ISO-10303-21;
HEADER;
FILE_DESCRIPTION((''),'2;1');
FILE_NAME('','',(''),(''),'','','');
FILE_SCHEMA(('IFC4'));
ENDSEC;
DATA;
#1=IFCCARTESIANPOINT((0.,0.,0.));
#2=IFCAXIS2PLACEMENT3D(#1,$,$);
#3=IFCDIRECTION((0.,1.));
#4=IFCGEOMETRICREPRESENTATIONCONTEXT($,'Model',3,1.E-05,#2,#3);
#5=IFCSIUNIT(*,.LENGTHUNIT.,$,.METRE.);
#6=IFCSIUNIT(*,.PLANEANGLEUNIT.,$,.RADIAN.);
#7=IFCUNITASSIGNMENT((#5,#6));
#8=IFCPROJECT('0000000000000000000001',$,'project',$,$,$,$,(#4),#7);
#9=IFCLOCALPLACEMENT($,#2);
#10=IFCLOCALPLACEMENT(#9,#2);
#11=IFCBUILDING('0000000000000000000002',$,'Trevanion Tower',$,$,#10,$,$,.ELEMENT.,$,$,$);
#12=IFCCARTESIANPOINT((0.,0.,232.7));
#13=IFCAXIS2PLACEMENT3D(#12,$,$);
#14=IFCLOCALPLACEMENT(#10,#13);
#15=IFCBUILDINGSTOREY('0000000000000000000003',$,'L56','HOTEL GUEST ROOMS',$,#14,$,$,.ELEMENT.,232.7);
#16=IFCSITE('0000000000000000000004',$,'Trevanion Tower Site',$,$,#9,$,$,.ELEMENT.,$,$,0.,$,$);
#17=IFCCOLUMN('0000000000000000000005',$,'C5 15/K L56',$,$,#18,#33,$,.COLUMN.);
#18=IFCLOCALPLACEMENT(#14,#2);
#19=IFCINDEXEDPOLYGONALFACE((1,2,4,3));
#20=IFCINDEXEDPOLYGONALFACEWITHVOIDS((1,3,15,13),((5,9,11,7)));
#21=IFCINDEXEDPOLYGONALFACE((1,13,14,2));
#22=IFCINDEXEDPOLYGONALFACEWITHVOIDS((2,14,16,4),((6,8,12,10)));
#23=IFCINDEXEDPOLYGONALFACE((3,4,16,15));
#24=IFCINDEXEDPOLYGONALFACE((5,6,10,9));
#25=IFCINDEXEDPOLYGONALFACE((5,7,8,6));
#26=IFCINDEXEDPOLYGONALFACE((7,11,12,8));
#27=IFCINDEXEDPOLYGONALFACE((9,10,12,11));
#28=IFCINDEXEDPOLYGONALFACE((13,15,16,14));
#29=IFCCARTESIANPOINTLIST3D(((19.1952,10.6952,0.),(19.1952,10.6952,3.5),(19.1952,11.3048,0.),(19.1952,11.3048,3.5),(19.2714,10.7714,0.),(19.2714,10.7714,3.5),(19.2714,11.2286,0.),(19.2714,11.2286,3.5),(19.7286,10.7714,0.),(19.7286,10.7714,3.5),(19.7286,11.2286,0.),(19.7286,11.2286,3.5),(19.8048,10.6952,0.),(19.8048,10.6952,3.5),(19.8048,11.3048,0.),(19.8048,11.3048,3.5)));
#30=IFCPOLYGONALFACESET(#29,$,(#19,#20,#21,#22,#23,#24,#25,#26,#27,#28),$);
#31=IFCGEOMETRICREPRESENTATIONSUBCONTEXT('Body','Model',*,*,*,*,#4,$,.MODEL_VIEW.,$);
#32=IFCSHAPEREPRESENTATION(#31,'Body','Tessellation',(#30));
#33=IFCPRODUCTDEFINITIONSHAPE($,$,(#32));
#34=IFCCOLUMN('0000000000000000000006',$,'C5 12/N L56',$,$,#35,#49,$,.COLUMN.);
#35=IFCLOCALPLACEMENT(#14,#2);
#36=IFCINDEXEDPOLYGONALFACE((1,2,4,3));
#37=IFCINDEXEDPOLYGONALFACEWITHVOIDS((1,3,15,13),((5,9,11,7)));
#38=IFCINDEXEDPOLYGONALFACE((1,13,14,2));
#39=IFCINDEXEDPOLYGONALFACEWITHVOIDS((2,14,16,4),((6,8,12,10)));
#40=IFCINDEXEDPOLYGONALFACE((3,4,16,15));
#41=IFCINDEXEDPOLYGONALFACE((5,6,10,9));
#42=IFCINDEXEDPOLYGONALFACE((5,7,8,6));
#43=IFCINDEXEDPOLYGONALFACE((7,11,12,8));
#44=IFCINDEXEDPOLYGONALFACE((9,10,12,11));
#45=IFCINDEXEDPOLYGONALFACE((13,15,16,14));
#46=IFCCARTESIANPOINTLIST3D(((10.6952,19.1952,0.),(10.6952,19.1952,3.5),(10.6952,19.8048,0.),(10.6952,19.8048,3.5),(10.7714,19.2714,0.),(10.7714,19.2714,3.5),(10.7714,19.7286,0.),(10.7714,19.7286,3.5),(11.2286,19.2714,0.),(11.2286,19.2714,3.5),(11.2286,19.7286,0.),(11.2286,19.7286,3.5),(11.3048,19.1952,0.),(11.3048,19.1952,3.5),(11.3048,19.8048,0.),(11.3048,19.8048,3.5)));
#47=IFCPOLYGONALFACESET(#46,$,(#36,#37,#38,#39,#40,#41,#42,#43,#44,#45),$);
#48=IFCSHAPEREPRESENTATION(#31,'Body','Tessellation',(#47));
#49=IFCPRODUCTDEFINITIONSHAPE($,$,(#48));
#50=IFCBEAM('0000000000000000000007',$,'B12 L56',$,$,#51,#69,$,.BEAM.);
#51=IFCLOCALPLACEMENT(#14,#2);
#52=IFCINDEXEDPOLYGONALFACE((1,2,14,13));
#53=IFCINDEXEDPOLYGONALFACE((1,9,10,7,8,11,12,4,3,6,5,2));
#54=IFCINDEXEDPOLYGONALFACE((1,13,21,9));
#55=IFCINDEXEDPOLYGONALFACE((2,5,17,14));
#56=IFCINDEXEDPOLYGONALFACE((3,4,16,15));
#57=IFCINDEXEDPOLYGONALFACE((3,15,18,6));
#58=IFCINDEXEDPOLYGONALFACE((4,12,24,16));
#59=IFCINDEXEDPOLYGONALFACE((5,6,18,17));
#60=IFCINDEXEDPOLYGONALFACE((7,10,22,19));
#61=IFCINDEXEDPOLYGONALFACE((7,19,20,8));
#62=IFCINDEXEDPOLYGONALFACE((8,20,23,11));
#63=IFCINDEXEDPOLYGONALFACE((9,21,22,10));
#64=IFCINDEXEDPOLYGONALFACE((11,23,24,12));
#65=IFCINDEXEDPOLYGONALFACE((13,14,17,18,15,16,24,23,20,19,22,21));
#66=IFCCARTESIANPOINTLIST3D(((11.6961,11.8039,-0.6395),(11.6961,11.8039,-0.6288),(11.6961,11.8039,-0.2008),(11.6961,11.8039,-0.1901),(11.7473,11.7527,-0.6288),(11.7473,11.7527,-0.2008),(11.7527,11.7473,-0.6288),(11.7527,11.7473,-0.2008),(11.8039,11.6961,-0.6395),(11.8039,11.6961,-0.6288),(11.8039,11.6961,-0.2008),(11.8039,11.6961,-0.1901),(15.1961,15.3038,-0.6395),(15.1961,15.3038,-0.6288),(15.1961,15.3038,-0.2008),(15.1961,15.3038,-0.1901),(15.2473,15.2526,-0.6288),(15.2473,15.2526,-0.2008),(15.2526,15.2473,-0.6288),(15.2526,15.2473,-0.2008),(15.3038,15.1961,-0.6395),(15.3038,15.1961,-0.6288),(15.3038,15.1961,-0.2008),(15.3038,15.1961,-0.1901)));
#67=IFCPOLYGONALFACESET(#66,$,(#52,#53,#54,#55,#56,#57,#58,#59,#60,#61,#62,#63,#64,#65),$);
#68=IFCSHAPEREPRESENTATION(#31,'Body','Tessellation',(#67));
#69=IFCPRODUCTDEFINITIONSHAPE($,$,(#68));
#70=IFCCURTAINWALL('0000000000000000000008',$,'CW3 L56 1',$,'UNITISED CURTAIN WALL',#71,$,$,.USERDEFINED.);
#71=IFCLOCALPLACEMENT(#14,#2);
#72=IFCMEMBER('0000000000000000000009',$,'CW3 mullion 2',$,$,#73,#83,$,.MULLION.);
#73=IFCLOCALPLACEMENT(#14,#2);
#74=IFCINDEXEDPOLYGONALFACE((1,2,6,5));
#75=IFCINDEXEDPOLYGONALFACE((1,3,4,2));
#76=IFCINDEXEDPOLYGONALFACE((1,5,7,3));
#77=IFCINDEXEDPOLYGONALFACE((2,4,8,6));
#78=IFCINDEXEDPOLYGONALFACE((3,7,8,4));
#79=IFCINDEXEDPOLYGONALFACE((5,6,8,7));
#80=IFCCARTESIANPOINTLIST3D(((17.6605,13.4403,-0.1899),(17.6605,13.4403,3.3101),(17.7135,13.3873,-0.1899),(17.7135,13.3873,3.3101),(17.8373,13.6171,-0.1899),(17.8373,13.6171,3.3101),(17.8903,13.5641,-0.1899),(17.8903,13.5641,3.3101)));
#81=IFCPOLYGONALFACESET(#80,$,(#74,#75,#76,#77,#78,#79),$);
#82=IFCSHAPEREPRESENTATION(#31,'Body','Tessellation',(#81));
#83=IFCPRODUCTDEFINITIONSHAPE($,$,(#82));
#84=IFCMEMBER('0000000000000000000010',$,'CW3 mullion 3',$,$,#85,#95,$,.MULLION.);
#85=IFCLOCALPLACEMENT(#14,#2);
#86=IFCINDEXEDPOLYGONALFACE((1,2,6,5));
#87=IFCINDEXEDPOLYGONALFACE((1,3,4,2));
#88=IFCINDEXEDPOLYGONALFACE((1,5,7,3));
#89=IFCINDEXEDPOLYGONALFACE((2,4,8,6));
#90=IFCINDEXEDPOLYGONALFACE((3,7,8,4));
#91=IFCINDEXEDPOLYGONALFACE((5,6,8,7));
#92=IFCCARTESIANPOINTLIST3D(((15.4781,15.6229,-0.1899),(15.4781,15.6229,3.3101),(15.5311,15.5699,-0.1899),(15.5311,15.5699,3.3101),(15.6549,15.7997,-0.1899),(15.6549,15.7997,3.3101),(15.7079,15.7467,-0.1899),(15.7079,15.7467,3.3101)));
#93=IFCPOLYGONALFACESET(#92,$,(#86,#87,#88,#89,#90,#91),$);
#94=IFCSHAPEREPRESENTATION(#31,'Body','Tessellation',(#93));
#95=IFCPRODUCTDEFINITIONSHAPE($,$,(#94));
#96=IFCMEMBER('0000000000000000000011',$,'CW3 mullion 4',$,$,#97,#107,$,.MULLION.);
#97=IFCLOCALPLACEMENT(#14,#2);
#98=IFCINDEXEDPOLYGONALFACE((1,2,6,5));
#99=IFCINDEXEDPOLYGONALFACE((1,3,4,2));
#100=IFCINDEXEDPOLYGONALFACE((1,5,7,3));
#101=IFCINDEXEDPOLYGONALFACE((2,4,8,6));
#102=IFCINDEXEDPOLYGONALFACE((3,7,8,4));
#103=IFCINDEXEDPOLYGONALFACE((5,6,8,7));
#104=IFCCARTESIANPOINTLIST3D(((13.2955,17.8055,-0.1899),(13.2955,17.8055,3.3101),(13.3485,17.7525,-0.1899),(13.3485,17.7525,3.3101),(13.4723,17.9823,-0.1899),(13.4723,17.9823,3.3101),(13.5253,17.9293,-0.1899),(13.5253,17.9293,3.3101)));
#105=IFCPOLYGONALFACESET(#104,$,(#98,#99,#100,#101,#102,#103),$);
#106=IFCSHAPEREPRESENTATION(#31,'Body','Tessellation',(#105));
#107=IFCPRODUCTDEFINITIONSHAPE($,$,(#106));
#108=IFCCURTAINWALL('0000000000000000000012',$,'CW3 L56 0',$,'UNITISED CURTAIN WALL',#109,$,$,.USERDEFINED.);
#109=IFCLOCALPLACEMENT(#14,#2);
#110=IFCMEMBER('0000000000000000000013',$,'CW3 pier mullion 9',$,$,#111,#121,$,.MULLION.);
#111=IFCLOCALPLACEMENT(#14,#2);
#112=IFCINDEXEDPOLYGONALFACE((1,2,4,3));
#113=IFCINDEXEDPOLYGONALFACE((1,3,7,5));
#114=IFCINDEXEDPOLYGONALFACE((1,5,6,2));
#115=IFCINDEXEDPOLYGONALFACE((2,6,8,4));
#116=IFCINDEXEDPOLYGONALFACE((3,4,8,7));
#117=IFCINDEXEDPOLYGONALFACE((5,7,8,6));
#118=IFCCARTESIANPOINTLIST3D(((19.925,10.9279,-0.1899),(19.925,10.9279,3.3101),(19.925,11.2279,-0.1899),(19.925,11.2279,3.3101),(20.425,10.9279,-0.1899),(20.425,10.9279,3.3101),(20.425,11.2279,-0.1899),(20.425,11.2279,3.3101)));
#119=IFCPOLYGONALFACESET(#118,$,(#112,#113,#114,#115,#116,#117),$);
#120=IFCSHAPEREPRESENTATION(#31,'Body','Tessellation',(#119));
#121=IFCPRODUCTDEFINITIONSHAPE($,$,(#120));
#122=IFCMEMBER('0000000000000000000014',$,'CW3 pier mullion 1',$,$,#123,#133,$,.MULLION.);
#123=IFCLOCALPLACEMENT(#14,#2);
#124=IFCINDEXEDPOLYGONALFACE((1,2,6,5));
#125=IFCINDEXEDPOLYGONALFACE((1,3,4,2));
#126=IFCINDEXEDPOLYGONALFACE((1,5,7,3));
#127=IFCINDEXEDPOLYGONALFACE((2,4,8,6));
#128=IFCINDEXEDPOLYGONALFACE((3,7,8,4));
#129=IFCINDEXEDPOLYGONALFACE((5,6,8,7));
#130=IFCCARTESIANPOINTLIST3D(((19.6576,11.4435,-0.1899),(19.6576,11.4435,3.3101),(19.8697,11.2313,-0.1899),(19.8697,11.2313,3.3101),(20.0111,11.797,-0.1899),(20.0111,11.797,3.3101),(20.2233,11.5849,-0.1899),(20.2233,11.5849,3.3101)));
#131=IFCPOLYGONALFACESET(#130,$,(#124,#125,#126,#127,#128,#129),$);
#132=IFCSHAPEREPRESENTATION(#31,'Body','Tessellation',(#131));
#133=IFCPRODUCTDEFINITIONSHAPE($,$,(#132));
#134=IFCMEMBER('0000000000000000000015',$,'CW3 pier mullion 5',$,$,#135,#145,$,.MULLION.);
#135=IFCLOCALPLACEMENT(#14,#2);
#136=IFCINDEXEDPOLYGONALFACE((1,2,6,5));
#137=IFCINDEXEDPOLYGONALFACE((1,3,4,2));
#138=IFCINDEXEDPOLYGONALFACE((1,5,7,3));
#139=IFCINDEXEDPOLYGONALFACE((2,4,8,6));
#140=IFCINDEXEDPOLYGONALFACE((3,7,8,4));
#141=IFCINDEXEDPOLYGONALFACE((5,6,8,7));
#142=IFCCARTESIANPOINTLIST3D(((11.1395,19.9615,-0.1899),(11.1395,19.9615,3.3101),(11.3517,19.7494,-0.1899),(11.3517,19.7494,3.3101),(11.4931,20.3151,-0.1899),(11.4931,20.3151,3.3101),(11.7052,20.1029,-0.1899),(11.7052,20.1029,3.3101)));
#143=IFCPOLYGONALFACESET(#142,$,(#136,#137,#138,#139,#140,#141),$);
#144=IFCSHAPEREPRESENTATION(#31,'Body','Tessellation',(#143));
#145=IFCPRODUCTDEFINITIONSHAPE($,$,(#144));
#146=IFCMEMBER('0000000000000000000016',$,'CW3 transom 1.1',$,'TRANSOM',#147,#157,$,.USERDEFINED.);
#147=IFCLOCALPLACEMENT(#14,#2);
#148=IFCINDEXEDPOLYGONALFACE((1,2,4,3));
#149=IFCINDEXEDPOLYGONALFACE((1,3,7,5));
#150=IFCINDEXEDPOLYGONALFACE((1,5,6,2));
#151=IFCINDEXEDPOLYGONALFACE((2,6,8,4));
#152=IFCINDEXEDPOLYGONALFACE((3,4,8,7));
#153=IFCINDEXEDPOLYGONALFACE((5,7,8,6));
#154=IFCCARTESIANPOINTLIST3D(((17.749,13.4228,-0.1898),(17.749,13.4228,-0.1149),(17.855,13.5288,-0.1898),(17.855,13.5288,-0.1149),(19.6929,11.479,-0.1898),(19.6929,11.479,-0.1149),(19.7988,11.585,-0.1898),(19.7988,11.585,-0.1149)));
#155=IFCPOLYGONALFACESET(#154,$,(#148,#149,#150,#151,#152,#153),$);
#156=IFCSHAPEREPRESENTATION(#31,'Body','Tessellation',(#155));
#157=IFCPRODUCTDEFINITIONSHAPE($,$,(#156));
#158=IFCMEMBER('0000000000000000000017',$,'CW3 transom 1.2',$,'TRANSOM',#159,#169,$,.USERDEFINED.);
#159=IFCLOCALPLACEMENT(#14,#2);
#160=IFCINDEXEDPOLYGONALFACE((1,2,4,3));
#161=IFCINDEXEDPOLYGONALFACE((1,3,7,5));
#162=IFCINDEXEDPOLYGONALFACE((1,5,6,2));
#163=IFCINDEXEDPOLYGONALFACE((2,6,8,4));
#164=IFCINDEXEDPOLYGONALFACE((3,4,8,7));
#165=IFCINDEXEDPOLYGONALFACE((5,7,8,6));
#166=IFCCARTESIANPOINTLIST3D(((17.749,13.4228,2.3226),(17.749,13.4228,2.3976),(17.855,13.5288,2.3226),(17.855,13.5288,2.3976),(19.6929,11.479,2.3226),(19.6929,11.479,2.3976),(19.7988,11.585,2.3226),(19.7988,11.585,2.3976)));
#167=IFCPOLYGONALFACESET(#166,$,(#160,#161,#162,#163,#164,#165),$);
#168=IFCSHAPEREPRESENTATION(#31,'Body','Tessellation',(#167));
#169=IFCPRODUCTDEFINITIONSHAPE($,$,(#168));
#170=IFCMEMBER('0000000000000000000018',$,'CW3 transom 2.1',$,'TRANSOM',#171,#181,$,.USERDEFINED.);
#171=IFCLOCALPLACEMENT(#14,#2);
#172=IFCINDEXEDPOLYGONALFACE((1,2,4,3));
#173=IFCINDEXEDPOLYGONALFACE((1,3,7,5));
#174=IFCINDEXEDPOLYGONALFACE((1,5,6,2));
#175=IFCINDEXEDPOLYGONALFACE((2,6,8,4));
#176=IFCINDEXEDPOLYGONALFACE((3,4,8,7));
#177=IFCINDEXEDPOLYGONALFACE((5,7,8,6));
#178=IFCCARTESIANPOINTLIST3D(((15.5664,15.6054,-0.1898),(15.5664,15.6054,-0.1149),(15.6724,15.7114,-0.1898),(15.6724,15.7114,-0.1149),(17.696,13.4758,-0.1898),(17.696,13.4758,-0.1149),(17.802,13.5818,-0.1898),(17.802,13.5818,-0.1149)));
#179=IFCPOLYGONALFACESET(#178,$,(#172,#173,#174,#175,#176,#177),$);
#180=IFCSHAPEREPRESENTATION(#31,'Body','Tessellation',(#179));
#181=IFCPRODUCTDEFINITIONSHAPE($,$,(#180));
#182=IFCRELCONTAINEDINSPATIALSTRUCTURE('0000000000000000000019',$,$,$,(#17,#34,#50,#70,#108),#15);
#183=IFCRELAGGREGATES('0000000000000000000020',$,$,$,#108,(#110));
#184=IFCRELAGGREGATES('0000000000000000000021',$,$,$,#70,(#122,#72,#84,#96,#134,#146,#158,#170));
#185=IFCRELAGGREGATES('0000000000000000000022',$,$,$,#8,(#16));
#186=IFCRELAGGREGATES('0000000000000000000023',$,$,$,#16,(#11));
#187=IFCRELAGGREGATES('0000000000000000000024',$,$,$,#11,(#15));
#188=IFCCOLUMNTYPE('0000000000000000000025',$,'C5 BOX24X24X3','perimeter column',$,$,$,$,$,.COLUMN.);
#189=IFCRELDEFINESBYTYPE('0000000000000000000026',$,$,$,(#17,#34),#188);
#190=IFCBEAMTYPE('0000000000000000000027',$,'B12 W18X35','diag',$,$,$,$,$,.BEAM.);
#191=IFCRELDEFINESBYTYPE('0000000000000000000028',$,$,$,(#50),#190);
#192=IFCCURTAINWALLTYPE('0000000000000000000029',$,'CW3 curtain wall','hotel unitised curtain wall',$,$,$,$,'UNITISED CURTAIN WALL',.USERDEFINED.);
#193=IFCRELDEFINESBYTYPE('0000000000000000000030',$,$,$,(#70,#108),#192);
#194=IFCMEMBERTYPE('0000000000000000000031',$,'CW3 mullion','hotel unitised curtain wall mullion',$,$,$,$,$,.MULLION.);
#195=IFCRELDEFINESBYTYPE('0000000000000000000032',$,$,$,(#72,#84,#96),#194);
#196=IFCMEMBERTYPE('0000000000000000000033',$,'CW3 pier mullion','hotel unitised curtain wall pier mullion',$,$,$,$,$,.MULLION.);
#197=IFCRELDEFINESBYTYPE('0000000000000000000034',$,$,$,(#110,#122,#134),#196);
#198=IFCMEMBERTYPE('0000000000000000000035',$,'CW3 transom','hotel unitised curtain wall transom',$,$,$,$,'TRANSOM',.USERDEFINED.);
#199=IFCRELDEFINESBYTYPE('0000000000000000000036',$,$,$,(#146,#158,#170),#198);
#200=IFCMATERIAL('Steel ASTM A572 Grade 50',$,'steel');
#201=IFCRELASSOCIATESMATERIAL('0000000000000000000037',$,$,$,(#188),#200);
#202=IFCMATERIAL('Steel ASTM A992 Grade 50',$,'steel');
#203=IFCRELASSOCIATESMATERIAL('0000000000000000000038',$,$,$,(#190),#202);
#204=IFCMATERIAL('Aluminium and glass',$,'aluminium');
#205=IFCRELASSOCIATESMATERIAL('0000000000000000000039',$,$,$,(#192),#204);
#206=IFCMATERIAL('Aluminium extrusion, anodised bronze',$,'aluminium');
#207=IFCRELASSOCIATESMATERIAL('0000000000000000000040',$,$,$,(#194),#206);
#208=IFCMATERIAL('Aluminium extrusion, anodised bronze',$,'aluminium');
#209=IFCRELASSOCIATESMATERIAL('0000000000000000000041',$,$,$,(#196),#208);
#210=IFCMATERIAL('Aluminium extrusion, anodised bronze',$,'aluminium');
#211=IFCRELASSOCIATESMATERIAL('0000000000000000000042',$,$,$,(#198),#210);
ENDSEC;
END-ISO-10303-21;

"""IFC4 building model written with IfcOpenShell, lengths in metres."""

from ifc_helpers import new_model, si_unit, direction, frame, origin, origin_2d, place, context, subcontext, project, spatial, rectangle, hollow_rectangle, i_section, extrude, material, material_profile, profile_set, type_object, element, aggregate, save


model = new_model("IFC4")

# Units and contexts
model_context = context("Model", 3, precision=1e-05, world=origin(), true_north=direction((0.0, 1.0)))
body_context = subcontext(model_context, "Body", "Model", "MODEL_VIEW")
ifc_project = project(units=[si_unit("LENGTHUNIT", "METRE"), si_unit("PLANEANGLEUNIT", "RADIAN")], contexts=[model_context])

# Site, building, storey
site_placement = place(None, origin())
site = spatial("IfcSite", under=ifc_project, at=site_placement, Name="Trevanion Tower Site", CompositionType="ELEMENT", RefElevation=0.0)
building_placement = place(site_placement, origin())
building = spatial("IfcBuilding", under=site, at=building_placement, Name="Trevanion Tower", CompositionType="ELEMENT")
storey_placement = place(building_placement, frame((0.0, 0.0, 232.7)))
storey = spatial("IfcBuildingStorey", under=building, at=storey_placement, Name="L56", Description="HOTEL GUEST ROOMS", CompositionType="ELEMENT", Elevation=232.7)

# Columns
ifc_material_1 = material(Name="Steel ASTM A572 Grade 50", Category="steel")
ifc_material_profile_1 = material_profile(ifc_material_1, hollow_rectangle(XDim=0.6096, YDim=0.6096, WallThickness=0.0762, at=origin_2d()), Name="BOX24X24X3")
ifc_profile_set_1 = profile_set([ifc_material_profile_1], Name="Steel ASTM A572 Grade 50")
column_type = type_object("IfcColumnType", Name="C5 BOX24X24X3", Description="perimeter column", PredefinedType="COLUMN", material=ifc_profile_set_1)
for number, where, z_axis, x_axis, name in (
    (1, (19.5, 11.0, 0.0), (0.0, 0.0, 1.0), (0.0, 1.0, 0.0), "C5 15/K L56"),
    (2, (11.0, 19.5, 0.0), (0.0, 0.0, 1.0), (1.0, 0.0, 0.0), "C5 12/N L56"),
):
    element("IfcColumn", number, at=place(storey_placement, frame(where, z_axis=z_axis, x_axis=x_axis)), inside=storey, type_object=column_type, Name=name, PredefinedType="COLUMN", context=body_context, shape_type="SweptSolid", body=[
        extrude(hollow_rectangle(XDim=0.6096, YDim=0.6096, WallThickness=0.0762, at=origin_2d()), origin(), (0.0, 0.0, 1.0), 3.5),
    ])

# Beam
ifc_material_2 = material(Name="Steel ASTM A992 Grade 50", Category="steel")
ifc_material_profile_2 = material_profile(ifc_material_2, i_section(OverallWidth=0.1523, OverallDepth=0.4495, WebThickness=0.0076, FlangeThickness=0.0107, at=origin_2d()), Name="W18X35")
ifc_profile_set_2 = profile_set([ifc_material_profile_2], Name="Steel ASTM A992 Grade 50")
beam_type_1 = type_object("IfcBeamType", Name="B12 W18X35", Description="diag", PredefinedType="BEAM", material=ifc_profile_set_2)
beam_1_placement = place(storey_placement, frame((11.75, 11.75, -0.4148), z_axis=(0.707107, 0.707107, 0.0), x_axis=(-0.707107, 0.707107, 0.0)))
element("IfcBeam", 3, at=beam_1_placement, inside=storey, type_object=beam_type_1, Name="B12 L56", PredefinedType="BEAM", context=body_context, shape_type="SweptSolid", body=[
    extrude(i_section(OverallWidth=0.1523, OverallDepth=0.4495, WebThickness=0.0076, FlangeThickness=0.0107, at=origin_2d()), origin(), (0.0, 0.0, 1.0), 4.9497),
])

# Curtain wall, members
ifc_material_3 = material(Name="Aluminium and glass", Category="aluminium")
curtain_wall_type = type_object("IfcCurtainWallType", Name="CW3 curtain wall", Description="hotel unitised curtain wall", ElementType="UNITISED CURTAIN WALL", PredefinedType="USERDEFINED", material=ifc_material_3)
curtain_wall_1_placement = place(storey_placement, origin())
curtain_wall_1 = element("IfcCurtainWall", 4, at=curtain_wall_1_placement, inside=storey, type_object=curtain_wall_type, Name="CW3 L56 1", ObjectType="UNITISED CURTAIN WALL", PredefinedType="USERDEFINED")
ifc_material_4 = material(Name="Aluminium extrusion, anodised bronze", Category="aluminium")
ifc_material_profile_3 = material_profile(ifc_material_4, rectangle(XDim=0.075, YDim=0.25, at=origin_2d()), Name="CW3 mullion")
ifc_profile_set_3 = profile_set([ifc_material_profile_3], Name="Aluminium extrusion, anodised bronze")
member_type_1 = type_object("IfcMemberType", Name="CW3 mullion", Description="hotel unitised curtain wall mullion", PredefinedType="MULLION", material=ifc_profile_set_3)
member_1_placement = place(storey_placement, frame((17.7754, 13.5022, -0.1899), z_axis=(0.0, 0.0, 1.0), x_axis=(-0.707107, 0.707107, 0.0)))
member_1 = element("IfcMember", 5, at=member_1_placement, type_object=member_type_1, Name="CW3 mullion 2", PredefinedType="MULLION", context=body_context, shape_type="SweptSolid", body=[
    extrude(rectangle(XDim=0.075, YDim=0.25, at=origin_2d()), origin(), (0.0, 0.0, 1.0), 3.5),
])
member_2_placement = place(storey_placement, frame((15.593, 15.6848, -0.1899), z_axis=(0.0, 0.0, 1.0), x_axis=(-0.707107, 0.707107, 0.0)))
member_2 = element("IfcMember", 6, at=member_2_placement, type_object=member_type_1, Name="CW3 mullion 3", PredefinedType="MULLION", context=body_context, shape_type="SweptSolid", body=[
    extrude(rectangle(XDim=0.075, YDim=0.25, at=origin_2d()), origin(), (0.0, 0.0, 1.0), 3.5),
])
member_3_placement = place(storey_placement, frame((13.4104, 17.8674, -0.1899), z_axis=(0.0, 0.0, 1.0), x_axis=(-0.707107, 0.707107, 0.0)))
member_3 = element("IfcMember", 7, at=member_3_placement, type_object=member_type_1, Name="CW3 mullion 4", PredefinedType="MULLION", context=body_context, shape_type="SweptSolid", body=[
    extrude(rectangle(XDim=0.075, YDim=0.25, at=origin_2d()), origin(), (0.0, 0.0, 1.0), 3.5),
])

# Curtain wall, member
curtain_wall_2_placement = place(storey_placement, origin())
curtain_wall_2 = element("IfcCurtainWall", 8, at=curtain_wall_2_placement, inside=storey, type_object=curtain_wall_type, Name="CW3 L56 0", ObjectType="UNITISED CURTAIN WALL", PredefinedType="USERDEFINED")
ifc_material_5 = material(Name="Aluminium extrusion, anodised bronze", Category="aluminium")
ifc_material_profile_4 = material_profile(ifc_material_5, rectangle(XDim=0.3, YDim=0.5, at=origin_2d()), Name="CW3 pier mullion")
ifc_profile_set_4 = profile_set([ifc_material_profile_4], Name="Aluminium extrusion, anodised bronze")
member_type_2 = type_object("IfcMemberType", Name="CW3 pier mullion", Description="hotel unitised curtain wall pier mullion", PredefinedType="MULLION", material=ifc_profile_set_4)
member_4_placement = place(storey_placement, frame((20.175, 11.0779, -0.1899), z_axis=(0.0, 0.0, 1.0), x_axis=(0.0, 1.0, 0.0)))
member_4 = element("IfcMember", 9, at=member_4_placement, type_object=member_type_2, Name="CW3 pier mullion 9", PredefinedType="MULLION", context=body_context, shape_type="SweptSolid", body=[
    extrude(rectangle(XDim=0.3, YDim=0.5, at=origin_2d()), origin(), (0.0, 0.0, 1.0), 3.5),
])
aggregate(curtain_wall_2, [member_4])

# Members
member_5_placement = place(storey_placement, frame((19.9404, 11.5142, -0.1899), z_axis=(0.0, 0.0, 1.0), x_axis=(-0.707107, 0.707107, 0.0)))
member_5 = element("IfcMember", 10, at=member_5_placement, type_object=member_type_2, Name="CW3 pier mullion 1", PredefinedType="MULLION", context=body_context, shape_type="SweptSolid", body=[
    extrude(rectangle(XDim=0.3, YDim=0.5, at=origin_2d()), origin(), (0.0, 0.0, 1.0), 3.5),
])
member_6_placement = place(storey_placement, frame((11.4224, 20.0322, -0.1899), z_axis=(0.0, 0.0, 1.0), x_axis=(-0.707107, 0.707107, 0.0)))
member_6 = element("IfcMember", 11, at=member_6_placement, type_object=member_type_2, Name="CW3 pier mullion 5", PredefinedType="MULLION", context=body_context, shape_type="SweptSolid", body=[
    extrude(rectangle(XDim=0.3, YDim=0.5, at=origin_2d()), origin(), (0.0, 0.0, 1.0), 3.5),
])
ifc_material_6 = material(Name="Aluminium extrusion, anodised bronze", Category="aluminium")
ifc_material_profile_5 = material_profile(ifc_material_6, rectangle(XDim=0.1499, YDim=0.075, at=origin_2d()), Name="CW3 transom")
ifc_profile_set_5 = profile_set([ifc_material_profile_5], Name="Aluminium extrusion, anodised bronze")
member_type_3 = type_object("IfcMemberType", Name="CW3 transom", Description="hotel unitised curtain wall transom", ElementType="TRANSOM", PredefinedType="USERDEFINED", material=ifc_profile_set_5)
member_7_placement = place(storey_placement, frame((19.7458, 11.532, -0.1523), z_axis=(-0.707107, 0.707107, 0.0), x_axis=(-0.707107, -0.707107, 0.0)))
member_7 = element("IfcMember", 12, at=member_7_placement, type_object=member_type_3, Name="CW3 transom 1.1", ObjectType="TRANSOM", PredefinedType="USERDEFINED", context=body_context, shape_type="SweptSolid", body=[
    extrude(rectangle(XDim=0.1499, YDim=0.075, at=origin_2d()), origin(), (0.0, 0.0, 1.0), 2.749),
])
member_8_placement = place(storey_placement, frame((19.7458, 11.532, 2.3601), z_axis=(-0.707107, 0.707107, 0.0), x_axis=(-0.707107, -0.707107, 0.0)))
member_8 = element("IfcMember", 13, at=member_8_placement, type_object=member_type_3, Name="CW3 transom 1.2", ObjectType="TRANSOM", PredefinedType="USERDEFINED", context=body_context, shape_type="SweptSolid", body=[
    extrude(rectangle(XDim=0.1499, YDim=0.075, at=origin_2d()), origin(), (0.0, 0.0, 1.0), 2.749),
])
member_9_placement = place(storey_placement, frame((17.749, 13.5288, -0.1523), z_axis=(-0.707107, 0.707107, 0.0), x_axis=(-0.707107, -0.707107, 0.0)))
member_9 = element("IfcMember", 14, at=member_9_placement, type_object=member_type_3, Name="CW3 transom 2.1", ObjectType="TRANSOM", PredefinedType="USERDEFINED", context=body_context, shape_type="SweptSolid", body=[
    extrude(rectangle(XDim=0.1499, YDim=0.075, at=origin_2d()), origin(), (0.0, 0.0, 1.0), 3.0117),
])

aggregate(curtain_wall_1, [member_5, member_1, member_2, member_3, member_6, member_7, member_8, member_9])

save(model, "model.ifc")
